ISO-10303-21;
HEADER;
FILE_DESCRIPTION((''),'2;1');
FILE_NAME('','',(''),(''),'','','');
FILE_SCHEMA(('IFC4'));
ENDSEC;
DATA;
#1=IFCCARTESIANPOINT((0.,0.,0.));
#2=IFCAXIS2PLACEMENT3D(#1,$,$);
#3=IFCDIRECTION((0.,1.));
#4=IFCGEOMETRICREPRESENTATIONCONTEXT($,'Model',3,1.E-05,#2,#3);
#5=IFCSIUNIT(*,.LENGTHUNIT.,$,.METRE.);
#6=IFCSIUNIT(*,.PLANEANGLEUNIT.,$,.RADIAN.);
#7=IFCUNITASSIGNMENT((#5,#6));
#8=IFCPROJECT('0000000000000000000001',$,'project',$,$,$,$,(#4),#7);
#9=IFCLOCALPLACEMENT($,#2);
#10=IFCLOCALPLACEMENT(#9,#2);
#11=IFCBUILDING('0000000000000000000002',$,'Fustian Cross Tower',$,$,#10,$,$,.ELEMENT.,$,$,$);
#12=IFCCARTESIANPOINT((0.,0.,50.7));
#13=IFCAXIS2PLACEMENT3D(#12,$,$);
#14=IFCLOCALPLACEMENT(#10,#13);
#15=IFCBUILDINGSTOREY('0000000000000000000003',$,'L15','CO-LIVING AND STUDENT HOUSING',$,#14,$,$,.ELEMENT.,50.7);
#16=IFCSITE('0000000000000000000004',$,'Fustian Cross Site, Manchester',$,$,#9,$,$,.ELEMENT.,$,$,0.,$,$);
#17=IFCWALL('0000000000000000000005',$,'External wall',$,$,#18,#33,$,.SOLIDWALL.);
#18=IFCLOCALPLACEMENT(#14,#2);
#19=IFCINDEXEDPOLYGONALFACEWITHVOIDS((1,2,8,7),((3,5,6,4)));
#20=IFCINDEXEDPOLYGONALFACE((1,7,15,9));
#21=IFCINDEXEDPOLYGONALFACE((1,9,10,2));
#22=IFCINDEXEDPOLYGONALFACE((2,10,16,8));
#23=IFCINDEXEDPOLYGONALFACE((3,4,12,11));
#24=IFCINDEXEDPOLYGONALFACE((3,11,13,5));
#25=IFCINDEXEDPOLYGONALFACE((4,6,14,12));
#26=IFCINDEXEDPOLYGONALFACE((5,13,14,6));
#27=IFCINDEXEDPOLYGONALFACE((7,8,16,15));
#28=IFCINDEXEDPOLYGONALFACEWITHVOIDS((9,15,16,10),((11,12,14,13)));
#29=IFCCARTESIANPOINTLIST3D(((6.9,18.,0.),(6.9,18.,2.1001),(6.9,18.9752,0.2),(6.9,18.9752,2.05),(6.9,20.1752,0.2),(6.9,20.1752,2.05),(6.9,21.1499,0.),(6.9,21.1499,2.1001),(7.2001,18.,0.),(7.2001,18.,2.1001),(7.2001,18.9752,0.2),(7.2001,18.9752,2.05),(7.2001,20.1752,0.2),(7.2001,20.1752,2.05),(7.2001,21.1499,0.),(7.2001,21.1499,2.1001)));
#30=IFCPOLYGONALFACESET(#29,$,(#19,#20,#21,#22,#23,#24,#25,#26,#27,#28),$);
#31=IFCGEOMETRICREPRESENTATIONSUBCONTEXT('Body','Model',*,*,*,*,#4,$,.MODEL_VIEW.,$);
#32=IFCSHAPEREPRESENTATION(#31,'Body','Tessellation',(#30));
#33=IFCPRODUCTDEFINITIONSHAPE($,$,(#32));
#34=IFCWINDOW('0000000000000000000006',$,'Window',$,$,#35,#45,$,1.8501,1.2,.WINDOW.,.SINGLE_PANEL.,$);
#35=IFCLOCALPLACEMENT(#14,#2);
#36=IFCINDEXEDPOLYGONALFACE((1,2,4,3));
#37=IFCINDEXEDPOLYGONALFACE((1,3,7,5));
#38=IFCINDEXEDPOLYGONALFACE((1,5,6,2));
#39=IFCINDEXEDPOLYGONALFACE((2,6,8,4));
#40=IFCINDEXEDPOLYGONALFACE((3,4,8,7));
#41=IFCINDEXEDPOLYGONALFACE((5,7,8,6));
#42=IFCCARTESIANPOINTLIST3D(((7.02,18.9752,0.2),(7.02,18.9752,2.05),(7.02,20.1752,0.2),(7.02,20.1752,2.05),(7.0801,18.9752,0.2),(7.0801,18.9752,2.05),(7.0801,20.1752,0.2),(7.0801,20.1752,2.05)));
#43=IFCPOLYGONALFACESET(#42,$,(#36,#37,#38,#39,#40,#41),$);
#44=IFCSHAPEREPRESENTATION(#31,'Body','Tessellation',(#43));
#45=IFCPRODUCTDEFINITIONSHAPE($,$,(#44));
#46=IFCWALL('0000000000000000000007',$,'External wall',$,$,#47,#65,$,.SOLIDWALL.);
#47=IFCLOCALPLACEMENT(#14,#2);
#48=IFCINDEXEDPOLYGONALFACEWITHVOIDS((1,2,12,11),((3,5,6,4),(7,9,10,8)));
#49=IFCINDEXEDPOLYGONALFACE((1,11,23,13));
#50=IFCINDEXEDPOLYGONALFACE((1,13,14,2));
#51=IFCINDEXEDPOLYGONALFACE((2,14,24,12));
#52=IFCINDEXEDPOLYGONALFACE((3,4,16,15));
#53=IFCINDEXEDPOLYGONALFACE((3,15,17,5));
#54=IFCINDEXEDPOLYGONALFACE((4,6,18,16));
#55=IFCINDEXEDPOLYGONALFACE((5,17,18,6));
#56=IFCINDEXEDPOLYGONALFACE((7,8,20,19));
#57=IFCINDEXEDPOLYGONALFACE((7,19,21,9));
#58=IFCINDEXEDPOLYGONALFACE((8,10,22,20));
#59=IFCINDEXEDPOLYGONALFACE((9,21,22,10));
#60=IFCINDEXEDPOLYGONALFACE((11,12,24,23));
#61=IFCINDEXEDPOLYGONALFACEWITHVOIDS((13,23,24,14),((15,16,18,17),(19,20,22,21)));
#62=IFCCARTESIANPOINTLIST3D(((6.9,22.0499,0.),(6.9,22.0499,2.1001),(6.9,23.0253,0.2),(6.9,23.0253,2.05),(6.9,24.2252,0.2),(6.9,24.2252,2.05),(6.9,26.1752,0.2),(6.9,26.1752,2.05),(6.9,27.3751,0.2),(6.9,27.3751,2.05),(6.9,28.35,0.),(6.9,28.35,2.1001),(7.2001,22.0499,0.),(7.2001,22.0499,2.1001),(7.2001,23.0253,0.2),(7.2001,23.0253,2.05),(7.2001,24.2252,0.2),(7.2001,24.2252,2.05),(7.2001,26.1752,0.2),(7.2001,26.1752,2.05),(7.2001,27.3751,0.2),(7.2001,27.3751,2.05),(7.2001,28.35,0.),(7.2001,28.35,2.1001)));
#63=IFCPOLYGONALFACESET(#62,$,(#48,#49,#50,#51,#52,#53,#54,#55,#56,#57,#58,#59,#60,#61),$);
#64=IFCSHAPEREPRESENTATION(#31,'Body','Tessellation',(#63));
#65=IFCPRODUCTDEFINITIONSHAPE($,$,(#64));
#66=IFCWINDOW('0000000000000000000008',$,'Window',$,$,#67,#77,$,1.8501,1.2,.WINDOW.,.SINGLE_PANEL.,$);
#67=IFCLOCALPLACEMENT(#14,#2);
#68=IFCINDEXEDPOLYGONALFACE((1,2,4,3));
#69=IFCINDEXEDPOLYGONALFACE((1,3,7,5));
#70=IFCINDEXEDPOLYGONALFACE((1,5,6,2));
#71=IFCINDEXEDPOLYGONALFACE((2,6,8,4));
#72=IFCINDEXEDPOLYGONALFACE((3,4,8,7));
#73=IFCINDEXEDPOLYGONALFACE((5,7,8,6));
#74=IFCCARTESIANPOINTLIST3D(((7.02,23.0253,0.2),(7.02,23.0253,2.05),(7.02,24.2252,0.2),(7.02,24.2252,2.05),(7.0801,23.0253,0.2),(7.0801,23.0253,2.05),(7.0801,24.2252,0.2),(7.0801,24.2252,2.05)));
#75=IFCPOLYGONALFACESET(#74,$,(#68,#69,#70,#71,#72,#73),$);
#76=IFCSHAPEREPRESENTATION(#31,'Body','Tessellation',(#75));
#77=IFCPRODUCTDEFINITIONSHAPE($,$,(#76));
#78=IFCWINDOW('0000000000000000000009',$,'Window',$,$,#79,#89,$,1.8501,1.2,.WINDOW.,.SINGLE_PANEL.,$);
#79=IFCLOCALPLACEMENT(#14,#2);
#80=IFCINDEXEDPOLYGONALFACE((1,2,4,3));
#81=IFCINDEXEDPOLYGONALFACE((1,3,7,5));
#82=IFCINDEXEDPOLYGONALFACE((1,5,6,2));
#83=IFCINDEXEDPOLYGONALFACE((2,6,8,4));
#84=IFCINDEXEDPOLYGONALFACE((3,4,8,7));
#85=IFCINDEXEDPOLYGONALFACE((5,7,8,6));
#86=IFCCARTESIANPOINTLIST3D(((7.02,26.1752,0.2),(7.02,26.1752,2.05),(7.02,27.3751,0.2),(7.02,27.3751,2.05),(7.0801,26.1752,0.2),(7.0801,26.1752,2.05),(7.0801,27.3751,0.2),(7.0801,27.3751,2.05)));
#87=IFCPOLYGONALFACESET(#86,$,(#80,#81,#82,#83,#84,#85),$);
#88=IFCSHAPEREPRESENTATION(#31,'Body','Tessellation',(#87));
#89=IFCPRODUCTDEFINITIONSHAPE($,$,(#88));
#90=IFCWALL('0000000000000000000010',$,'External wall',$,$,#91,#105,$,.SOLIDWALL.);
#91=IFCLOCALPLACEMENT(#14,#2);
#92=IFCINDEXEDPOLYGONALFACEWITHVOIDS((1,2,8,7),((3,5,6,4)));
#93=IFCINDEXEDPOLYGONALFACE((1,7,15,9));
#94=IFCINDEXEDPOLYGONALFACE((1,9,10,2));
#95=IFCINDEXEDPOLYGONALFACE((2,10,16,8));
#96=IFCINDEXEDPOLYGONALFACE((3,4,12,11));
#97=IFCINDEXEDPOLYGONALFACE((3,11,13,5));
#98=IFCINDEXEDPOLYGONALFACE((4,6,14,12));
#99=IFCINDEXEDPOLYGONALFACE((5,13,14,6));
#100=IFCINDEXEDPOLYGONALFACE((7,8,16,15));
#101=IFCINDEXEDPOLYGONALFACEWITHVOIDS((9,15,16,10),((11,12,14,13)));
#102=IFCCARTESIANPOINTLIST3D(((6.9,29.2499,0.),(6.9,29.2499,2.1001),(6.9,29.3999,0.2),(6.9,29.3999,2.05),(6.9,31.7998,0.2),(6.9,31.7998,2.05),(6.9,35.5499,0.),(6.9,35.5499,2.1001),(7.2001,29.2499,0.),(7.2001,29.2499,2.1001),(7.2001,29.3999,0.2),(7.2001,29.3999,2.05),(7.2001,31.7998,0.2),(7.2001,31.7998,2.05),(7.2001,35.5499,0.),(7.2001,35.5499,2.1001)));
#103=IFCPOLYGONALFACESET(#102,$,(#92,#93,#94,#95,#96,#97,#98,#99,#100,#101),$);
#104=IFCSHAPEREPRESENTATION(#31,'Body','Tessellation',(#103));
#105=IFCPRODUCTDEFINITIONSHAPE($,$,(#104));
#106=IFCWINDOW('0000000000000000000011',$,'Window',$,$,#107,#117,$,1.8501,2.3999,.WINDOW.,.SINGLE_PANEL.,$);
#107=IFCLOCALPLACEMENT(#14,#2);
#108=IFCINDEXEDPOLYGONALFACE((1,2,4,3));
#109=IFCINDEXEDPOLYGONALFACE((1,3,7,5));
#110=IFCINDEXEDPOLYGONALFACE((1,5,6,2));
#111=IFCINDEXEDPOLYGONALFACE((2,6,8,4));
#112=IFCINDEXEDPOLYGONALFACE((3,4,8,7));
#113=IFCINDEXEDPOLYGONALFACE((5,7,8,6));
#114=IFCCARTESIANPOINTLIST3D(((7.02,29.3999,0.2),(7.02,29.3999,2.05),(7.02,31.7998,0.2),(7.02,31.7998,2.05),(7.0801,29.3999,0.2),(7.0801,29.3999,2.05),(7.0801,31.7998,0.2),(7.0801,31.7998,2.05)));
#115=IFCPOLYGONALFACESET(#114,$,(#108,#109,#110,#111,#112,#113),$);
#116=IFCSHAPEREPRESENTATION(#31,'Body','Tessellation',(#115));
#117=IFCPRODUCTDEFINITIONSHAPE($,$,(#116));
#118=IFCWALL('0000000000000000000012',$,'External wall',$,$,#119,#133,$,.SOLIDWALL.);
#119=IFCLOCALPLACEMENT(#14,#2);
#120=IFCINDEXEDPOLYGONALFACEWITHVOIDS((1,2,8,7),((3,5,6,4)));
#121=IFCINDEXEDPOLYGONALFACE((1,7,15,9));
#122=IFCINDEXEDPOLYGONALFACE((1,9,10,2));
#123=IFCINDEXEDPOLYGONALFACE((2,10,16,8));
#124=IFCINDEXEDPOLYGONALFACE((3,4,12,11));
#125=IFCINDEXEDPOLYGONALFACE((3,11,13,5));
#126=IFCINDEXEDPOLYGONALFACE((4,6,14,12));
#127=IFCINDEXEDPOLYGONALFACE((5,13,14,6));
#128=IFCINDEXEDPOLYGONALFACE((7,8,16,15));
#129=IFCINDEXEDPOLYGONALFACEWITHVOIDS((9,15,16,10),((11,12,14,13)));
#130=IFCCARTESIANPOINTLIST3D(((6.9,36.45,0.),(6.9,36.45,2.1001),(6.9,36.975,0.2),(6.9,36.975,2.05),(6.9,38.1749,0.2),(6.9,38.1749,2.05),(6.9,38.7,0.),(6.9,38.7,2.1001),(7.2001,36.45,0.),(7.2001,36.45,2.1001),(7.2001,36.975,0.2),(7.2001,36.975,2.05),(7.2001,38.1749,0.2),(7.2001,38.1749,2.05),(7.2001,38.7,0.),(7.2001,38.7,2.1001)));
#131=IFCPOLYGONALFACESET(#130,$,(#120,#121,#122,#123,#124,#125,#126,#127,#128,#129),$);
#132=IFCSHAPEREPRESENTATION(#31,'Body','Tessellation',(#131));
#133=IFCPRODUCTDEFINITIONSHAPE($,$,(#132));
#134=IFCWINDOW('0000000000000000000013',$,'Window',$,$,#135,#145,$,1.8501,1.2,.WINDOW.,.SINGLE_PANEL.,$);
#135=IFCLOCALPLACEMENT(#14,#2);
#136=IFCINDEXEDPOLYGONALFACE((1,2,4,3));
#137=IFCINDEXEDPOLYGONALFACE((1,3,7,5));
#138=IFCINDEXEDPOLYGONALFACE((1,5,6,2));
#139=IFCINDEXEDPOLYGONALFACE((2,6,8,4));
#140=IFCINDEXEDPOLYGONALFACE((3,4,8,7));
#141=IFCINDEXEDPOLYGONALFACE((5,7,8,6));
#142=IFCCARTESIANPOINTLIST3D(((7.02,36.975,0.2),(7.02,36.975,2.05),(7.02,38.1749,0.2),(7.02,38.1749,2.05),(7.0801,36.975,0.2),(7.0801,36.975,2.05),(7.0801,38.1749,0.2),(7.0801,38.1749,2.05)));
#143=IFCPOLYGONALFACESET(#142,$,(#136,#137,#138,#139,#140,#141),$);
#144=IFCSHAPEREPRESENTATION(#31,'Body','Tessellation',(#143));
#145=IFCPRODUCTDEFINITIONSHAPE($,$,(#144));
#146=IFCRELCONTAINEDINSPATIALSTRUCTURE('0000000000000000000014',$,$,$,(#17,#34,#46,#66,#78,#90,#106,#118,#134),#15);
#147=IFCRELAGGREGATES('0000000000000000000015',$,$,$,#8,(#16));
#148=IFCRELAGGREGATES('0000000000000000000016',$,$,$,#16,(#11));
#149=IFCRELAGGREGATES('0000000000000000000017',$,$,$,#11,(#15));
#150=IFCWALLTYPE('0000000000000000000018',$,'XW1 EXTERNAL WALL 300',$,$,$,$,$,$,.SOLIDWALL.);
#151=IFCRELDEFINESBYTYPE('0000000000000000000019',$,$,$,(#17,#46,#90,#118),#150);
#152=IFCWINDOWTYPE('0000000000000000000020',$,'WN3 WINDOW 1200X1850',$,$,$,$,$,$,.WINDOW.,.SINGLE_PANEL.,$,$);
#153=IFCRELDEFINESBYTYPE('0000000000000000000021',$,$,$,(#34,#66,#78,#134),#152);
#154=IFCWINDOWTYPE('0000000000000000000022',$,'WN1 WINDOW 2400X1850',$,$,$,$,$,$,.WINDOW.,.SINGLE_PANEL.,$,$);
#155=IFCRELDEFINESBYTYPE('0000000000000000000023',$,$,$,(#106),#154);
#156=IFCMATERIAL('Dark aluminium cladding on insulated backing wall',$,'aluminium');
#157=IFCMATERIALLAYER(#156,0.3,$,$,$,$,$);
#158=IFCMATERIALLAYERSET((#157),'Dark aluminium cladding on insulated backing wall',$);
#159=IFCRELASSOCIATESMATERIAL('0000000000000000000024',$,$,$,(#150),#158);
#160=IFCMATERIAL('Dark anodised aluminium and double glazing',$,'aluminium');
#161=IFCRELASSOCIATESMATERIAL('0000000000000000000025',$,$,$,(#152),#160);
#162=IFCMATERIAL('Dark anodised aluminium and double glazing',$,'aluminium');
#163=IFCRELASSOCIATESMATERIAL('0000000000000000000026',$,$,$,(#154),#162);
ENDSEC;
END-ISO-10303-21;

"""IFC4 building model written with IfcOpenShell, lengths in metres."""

from ifc_helpers import new_model, si_unit, direction, frame, frame_2d, origin, place, context, subcontext, project, spatial, rectangle, extrude, material, layer, layer_set, type_object, element, fill, save


model = new_model("IFC4")

# Units and contexts
model_context = context("Model", 3, precision=1e-05, world=origin(), true_north=direction((0.0, 1.0)))
body_context = subcontext(model_context, "Body", "Model", "MODEL_VIEW")
ifc_project = project(units=[si_unit("LENGTHUNIT", "METRE"), si_unit("PLANEANGLEUNIT", "RADIAN")], contexts=[model_context])

# Site, building, storey
site_placement = place(None, origin())
site = spatial("IfcSite", under=ifc_project, at=site_placement, Name="Fustian Cross Site, Manchester", CompositionType="ELEMENT", RefElevation=0.0)
building_placement = place(site_placement, origin())
building = spatial("IfcBuilding", under=site, at=building_placement, Name="Fustian Cross Tower", CompositionType="ELEMENT")
storey_placement = place(building_placement, frame((0.0, 0.0, 50.7)))
storey = spatial("IfcBuildingStorey", under=building, at=storey_placement, Name="L15", Description="CO-LIVING AND STUDENT HOUSING", CompositionType="ELEMENT", Elevation=50.7)

# Shared definitions
ifc_material_1 = material(Name="Dark aluminium cladding on insulated backing wall", Category="aluminium")
ifc_layer = layer(ifc_material_1, 0.3)
ifc_layer_set = layer_set([ifc_layer], Name="Dark aluminium cladding on insulated backing wall")
wall_type = type_object("IfcWallType", Name="XW1 EXTERNAL WALL 300", PredefinedType="SOLIDWALL", material=ifc_layer_set)
ifc_material_2 = material(Name="Dark anodised aluminium and double glazing", Category="aluminium")
window_type_1 = type_object("IfcWindowType", Name="WN3 WINDOW 1200X1850", PartitioningType="SINGLE_PANEL", PredefinedType="WINDOW", material=ifc_material_2)

# Shared definitions
ifc_material_3 = material(Name="Dark anodised aluminium and double glazing", Category="aluminium")
window_type_2 = type_object("IfcWindowType", Name="WN1 WINDOW 2400X1850", PartitioningType="SINGLE_PANEL", PredefinedType="WINDOW", material=ifc_material_3)

# Wall, opening, window
wall_1_placement = place(storey_placement, frame((7.05, 18.0, 0.0), z_axis=(0.0, 0.0, 1.0), x_axis=(0.0, 1.0, 0.0)))
wall_1 = element("IfcWall", 1, at=wall_1_placement, inside=storey, type_object=wall_type, Name="External wall", PredefinedType="SOLIDWALL", context=body_context, shape_type="SweptSolid", body=[
    extrude(rectangle(XDim=3.1499, YDim=0.3, at=frame_2d((1.575, 0.0))), origin(), (0.0, 0.0, 1.0), 2.1001),
])
opening_1_placement = place(wall_1_placement, frame((0.9751, 0.0, 0.2)))
opening_1 = element("IfcOpeningElement", 2, at=opening_1_placement, cuts=wall_1, PredefinedType="OPENING", context=body_context, shape_type="SweptSolid", body=[
    extrude(rectangle(XDim=1.2, YDim=1.8501, at=frame_2d((0.6001, 0.925))), frame((0.0, 0.1599, 0.0), z_axis=(0.0, -1.0, 0.0), x_axis=(1.0, 0.0, 0.0)), (0.0, 0.0, 1.0), 0.3201),
])
window_1_placement = place(opening_1_placement, origin())
window_1 = element("IfcWindow", 3, at=window_1_placement, inside=storey, type_object=window_type_1, Name="Window", OverallHeight=1.8501, OverallWidth=1.2, PartitioningType="SINGLE_PANEL", PredefinedType="WINDOW", context=body_context, shape_type="SweptSolid", body=[
    extrude(rectangle(XDim=1.2, YDim=1.8501, at=frame_2d((0.6001, 0.925))), frame((0.0, 0.03, 0.0), z_axis=(0.0, -1.0, 0.0), x_axis=(1.0, 0.0, 0.0)), (0.0, 0.0, 1.0), 0.0601),
])
fill(opening_1, window_1)

# Wall, openings, windows
wall_2_placement = place(storey_placement, frame((7.05, 22.05, 0.0), z_axis=(0.0, 0.0, 1.0), x_axis=(0.0, 1.0, 0.0)))
wall_2 = element("IfcWall", 4, at=wall_2_placement, inside=storey, type_object=wall_type, Name="External wall", PredefinedType="SOLIDWALL", context=body_context, shape_type="SweptSolid", body=[
    extrude(rectangle(XDim=6.3, YDim=0.3, at=frame_2d((3.1499, 0.0))), origin(), (0.0, 0.0, 1.0), 2.1001),
])
opening_2_placement = place(wall_2_placement, frame((0.9751, 0.0, 0.2)))
opening_2 = element("IfcOpeningElement", 5, at=opening_2_placement, cuts=wall_2, PredefinedType="OPENING", context=body_context, shape_type="SweptSolid", body=[
    extrude(rectangle(XDim=1.2, YDim=1.8501, at=frame_2d((0.6001, 0.925))), frame((0.0, 0.1599, 0.0), z_axis=(0.0, -1.0, 0.0), x_axis=(1.0, 0.0, 0.0)), (0.0, 0.0, 1.0), 0.3201),
])
opening_3_placement = place(wall_2_placement, frame((4.125, 0.0, 0.2)))
opening_3 = element("IfcOpeningElement", 6, at=opening_3_placement, cuts=wall_2, PredefinedType="OPENING", context=body_context, shape_type="SweptSolid", body=[
    extrude(rectangle(XDim=1.2, YDim=1.8501, at=frame_2d((0.6001, 0.925))), frame((0.0, 0.1599, 0.0), z_axis=(0.0, -1.0, 0.0), x_axis=(1.0, 0.0, 0.0)), (0.0, 0.0, 1.0), 0.3201),
])
window_2_placement = place(opening_2_placement, origin())
window_2 = element("IfcWindow", 7, at=window_2_placement, inside=storey, type_object=window_type_1, Name="Window", OverallHeight=1.8501, OverallWidth=1.2, PartitioningType="SINGLE_PANEL", PredefinedType="WINDOW", context=body_context, shape_type="SweptSolid", body=[
    extrude(rectangle(XDim=1.2, YDim=1.8501, at=frame_2d((0.6001, 0.925))), frame((0.0, 0.03, 0.0), z_axis=(0.0, -1.0, 0.0), x_axis=(1.0, 0.0, 0.0)), (0.0, 0.0, 1.0), 0.0601),
])
fill(opening_2, window_2)
window_3_placement = place(opening_3_placement, origin())
window_3 = element("IfcWindow", 8, at=window_3_placement, inside=storey, type_object=window_type_1, Name="Window", OverallHeight=1.8501, OverallWidth=1.2, PartitioningType="SINGLE_PANEL", PredefinedType="WINDOW", context=body_context, shape_type="SweptSolid", body=[
    extrude(rectangle(XDim=1.2, YDim=1.8501, at=frame_2d((0.6001, 0.925))), frame((0.0, 0.03, 0.0), z_axis=(0.0, -1.0, 0.0), x_axis=(1.0, 0.0, 0.0)), (0.0, 0.0, 1.0), 0.0601),
])
fill(opening_3, window_3)

# Walls, openings, windows
wall_3_placement = place(storey_placement, frame((7.05, 29.25, 0.0), z_axis=(0.0, 0.0, 1.0), x_axis=(0.0, 1.0, 0.0)))
wall_3 = element("IfcWall", 9, at=wall_3_placement, inside=storey, type_object=wall_type, Name="External wall", PredefinedType="SOLIDWALL", context=body_context, shape_type="SweptSolid", body=[
    extrude(rectangle(XDim=6.3, YDim=0.3, at=frame_2d((3.1499, 0.0))), origin(), (0.0, 0.0, 1.0), 2.1001),
])
opening_4_placement = place(wall_3_placement, frame((0.1499, 0.0, 0.2)))
opening_4 = element("IfcOpeningElement", 10, at=opening_4_placement, cuts=wall_3, PredefinedType="OPENING", context=body_context, shape_type="SweptSolid", body=[
    extrude(rectangle(XDim=2.3999, YDim=1.8501, at=frame_2d((1.2, 0.925))), frame((0.0, 0.1599, 0.0), z_axis=(0.0, -1.0, 0.0), x_axis=(1.0, 0.0, 0.0)), (0.0, 0.0, 1.0), 0.3201),
])
window_4_placement = place(opening_4_placement, origin())
window_4 = element("IfcWindow", 11, at=window_4_placement, inside=storey, type_object=window_type_2, Name="Window", OverallHeight=1.8501, OverallWidth=2.3999, PartitioningType="SINGLE_PANEL", PredefinedType="WINDOW", context=body_context, shape_type="SweptSolid", body=[
    extrude(rectangle(XDim=2.3999, YDim=1.8501, at=frame_2d((1.2, 0.925))), frame((0.0, 0.03, 0.0), z_axis=(0.0, -1.0, 0.0), x_axis=(1.0, 0.0, 0.0)), (0.0, 0.0, 1.0), 0.0601),
])
fill(opening_4, window_4)
wall_4_placement = place(storey_placement, frame((7.05, 36.45, 0.0), z_axis=(0.0, 0.0, 1.0), x_axis=(0.0, 1.0, 0.0)))
wall_4 = element("IfcWall", 12, at=wall_4_placement, inside=storey, type_object=wall_type, Name="External wall", PredefinedType="SOLIDWALL", context=body_context, shape_type="SweptSolid", body=[
    extrude(rectangle(XDim=2.25, YDim=0.3, at=frame_2d((1.125, 0.0))), origin(), (0.0, 0.0, 1.0), 2.1001),
])
opening_5_placement = place(wall_4_placement, frame((0.5249, 0.0, 0.2)))
opening_5 = element("IfcOpeningElement", 13, at=opening_5_placement, cuts=wall_4, PredefinedType="OPENING", context=body_context, shape_type="SweptSolid", body=[
    extrude(rectangle(XDim=1.2, YDim=1.8501, at=frame_2d((0.6001, 0.925))), frame((0.0, 0.1599, 0.0), z_axis=(0.0, -1.0, 0.0), x_axis=(1.0, 0.0, 0.0)), (0.0, 0.0, 1.0), 0.3201),
])
window_5_placement = place(opening_5_placement, origin())
window_5 = element("IfcWindow", 14, at=window_5_placement, inside=storey, type_object=window_type_1, Name="Window", OverallHeight=1.8501, OverallWidth=1.2, PartitioningType="SINGLE_PANEL", PredefinedType="WINDOW", context=body_context, shape_type="SweptSolid", body=[
    extrude(rectangle(XDim=1.2, YDim=1.8501, at=frame_2d((0.6001, 0.925))), frame((0.0, 0.03, 0.0), z_axis=(0.0, -1.0, 0.0), x_axis=(1.0, 0.0, 0.0)), (0.0, 0.0, 1.0), 0.0601),
])
fill(opening_5, window_5)

save(model, "model.ifc")
